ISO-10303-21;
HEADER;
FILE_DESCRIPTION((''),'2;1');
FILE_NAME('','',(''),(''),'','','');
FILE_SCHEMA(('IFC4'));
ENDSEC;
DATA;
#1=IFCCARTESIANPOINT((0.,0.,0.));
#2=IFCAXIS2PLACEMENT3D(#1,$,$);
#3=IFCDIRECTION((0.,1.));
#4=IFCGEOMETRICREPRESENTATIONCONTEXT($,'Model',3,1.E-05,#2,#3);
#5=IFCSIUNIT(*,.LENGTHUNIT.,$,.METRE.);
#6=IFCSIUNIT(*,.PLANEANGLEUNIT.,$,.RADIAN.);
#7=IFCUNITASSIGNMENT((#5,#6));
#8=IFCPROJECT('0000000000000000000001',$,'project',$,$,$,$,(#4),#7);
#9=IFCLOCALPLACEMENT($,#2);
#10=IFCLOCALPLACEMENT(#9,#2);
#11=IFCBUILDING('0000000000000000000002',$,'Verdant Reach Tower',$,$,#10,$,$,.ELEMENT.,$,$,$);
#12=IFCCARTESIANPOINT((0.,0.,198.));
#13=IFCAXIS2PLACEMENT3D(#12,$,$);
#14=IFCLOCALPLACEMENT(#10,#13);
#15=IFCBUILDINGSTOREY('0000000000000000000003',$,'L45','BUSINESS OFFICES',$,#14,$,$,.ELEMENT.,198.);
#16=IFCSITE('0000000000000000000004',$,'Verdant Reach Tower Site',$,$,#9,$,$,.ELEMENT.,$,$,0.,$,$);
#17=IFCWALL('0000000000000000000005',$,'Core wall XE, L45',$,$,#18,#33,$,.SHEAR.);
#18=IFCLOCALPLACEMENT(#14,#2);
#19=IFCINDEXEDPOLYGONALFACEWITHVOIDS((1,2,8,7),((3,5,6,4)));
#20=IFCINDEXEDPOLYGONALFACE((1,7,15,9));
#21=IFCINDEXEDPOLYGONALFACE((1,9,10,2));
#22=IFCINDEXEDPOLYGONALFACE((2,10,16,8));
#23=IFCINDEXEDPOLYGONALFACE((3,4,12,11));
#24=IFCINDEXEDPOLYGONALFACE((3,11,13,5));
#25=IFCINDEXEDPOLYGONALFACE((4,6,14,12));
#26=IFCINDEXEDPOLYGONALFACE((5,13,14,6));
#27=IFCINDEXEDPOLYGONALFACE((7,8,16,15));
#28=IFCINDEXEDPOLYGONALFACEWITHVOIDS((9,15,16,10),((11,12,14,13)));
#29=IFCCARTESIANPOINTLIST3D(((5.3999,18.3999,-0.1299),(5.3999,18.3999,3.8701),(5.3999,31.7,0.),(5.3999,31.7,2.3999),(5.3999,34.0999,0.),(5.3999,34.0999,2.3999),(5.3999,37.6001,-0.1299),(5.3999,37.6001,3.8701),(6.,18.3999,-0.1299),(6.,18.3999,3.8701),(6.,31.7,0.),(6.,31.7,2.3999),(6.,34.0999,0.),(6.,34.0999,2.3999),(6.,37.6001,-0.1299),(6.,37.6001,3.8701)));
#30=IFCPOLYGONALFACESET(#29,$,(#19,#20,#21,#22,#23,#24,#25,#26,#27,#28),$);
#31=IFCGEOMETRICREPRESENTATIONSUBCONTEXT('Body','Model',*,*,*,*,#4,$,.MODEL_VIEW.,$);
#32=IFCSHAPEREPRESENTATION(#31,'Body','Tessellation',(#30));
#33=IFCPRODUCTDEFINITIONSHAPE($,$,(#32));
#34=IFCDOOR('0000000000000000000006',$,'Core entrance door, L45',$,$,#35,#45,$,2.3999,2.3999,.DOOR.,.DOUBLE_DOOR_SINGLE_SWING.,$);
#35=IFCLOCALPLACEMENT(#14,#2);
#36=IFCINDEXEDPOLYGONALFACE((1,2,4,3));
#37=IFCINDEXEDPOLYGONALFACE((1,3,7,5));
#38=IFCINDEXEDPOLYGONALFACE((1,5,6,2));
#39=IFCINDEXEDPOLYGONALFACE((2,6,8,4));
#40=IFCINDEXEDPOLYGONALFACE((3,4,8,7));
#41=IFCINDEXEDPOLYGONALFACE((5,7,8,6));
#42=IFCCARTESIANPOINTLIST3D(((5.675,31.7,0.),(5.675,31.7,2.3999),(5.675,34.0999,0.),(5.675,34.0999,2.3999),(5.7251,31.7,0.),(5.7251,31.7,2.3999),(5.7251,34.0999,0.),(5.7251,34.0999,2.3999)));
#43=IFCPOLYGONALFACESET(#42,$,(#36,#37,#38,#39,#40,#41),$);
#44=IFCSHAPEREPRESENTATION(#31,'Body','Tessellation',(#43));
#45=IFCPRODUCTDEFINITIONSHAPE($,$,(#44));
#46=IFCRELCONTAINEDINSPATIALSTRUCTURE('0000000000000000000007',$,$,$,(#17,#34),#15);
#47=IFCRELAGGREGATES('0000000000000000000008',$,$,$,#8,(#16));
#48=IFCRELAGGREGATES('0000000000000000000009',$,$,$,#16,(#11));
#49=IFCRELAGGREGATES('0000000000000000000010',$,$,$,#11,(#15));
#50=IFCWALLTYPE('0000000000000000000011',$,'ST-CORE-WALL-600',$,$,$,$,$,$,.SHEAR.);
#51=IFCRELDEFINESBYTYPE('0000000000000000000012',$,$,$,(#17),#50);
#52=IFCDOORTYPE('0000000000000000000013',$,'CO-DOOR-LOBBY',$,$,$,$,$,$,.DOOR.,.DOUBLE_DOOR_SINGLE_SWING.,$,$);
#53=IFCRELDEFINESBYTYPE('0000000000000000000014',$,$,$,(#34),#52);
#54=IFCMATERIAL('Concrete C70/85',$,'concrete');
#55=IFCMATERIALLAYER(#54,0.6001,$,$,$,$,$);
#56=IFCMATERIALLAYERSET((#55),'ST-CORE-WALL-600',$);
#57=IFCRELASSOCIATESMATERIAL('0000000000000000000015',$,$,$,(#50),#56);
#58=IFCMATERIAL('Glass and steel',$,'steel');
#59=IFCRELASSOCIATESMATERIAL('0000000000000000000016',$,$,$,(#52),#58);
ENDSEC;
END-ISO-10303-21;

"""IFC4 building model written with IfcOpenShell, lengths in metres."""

from ifc_helpers import new_model, si_unit, direction, frame, frame_2d, origin, place, context, subcontext, project, spatial, rectangle, extrude, material, layer, layer_set, type_object, element, fill, save


model = new_model("IFC4")

# Units and contexts
model_context = context("Model", 3, precision=1e-05, world=origin(), true_north=direction((0.0, 1.0)))
body_context = subcontext(model_context, "Body", "Model", "MODEL_VIEW")
ifc_project = project(units=[si_unit("LENGTHUNIT", "METRE"), si_unit("PLANEANGLEUNIT", "RADIAN")], contexts=[model_context])

# Site, building, storey
site_placement = place(None, origin())
site = spatial("IfcSite", under=ifc_project, at=site_placement, Name="Verdant Reach Tower Site", CompositionType="ELEMENT", RefElevation=0.0)
building_placement = place(site_placement, origin())
building = spatial("IfcBuilding", under=site, at=building_placement, Name="Verdant Reach Tower", CompositionType="ELEMENT")
storey_placement = place(building_placement, frame((0.0, 0.0, 198.0)))
storey = spatial("IfcBuildingStorey", under=building, at=storey_placement, Name="L45", Description="BUSINESS OFFICES", CompositionType="ELEMENT", Elevation=198.0)

# Wall, opening, door
ifc_material_1 = material(Name="Concrete C70/85", Category="concrete")
ifc_layer_1 = layer(ifc_material_1, 0.6001)
ifc_layer_set_1 = layer_set([ifc_layer_1], Name="ST-CORE-WALL-600")
wall_type_1 = type_object("IfcWallType", Name="ST-CORE-WALL-600", PredefinedType="SHEAR", material=ifc_layer_set_1)
wall_1_placement = place(storey_placement, frame((5.7, 18.3999, -0.1299), z_axis=(0.0, 0.0, 1.0), x_axis=(0.0, 1.0, 0.0)))
wall_1 = element("IfcWall", 1, at=wall_1_placement, inside=storey, type_object=wall_type_1, Name="Core wall XE, L45", PredefinedType="SHEAR", context=body_context, shape_type="SweptSolid", body=[
    extrude(rectangle(XDim=19.2002, YDim=0.6001, at=frame_2d((9.6001, 0.0))), origin(), (0.0, 0.0, 1.0), 4.0),
])
opening_placement = place(wall_1_placement, frame((13.3, 0.0, 0.1299)))
opening = element("IfcOpeningElement", 2, at=opening_placement, cuts=wall_1, PredefinedType="OPENING", context=body_context, shape_type="SweptSolid", body=[
    extrude(rectangle(XDim=2.3999, YDim=2.3999, at=frame_2d((1.2, 1.2))), frame((0.0, 0.3101, 0.0), z_axis=(0.0, -1.0, 0.0), x_axis=(1.0, 0.0, 0.0)), (0.0, 0.0, 1.0), 0.6201),
])
ifc_material_2 = material(Name="Glass and steel", Category="steel")
door_type = type_object("IfcDoorType", Name="CO-DOOR-LOBBY", OperationType="DOUBLE_DOOR_SINGLE_SWING", PredefinedType="DOOR", material=ifc_material_2)
door_placement = place(opening_placement, origin())
door = element("IfcDoor", 3, at=door_placement, inside=storey, type_object=door_type, Name="Core entrance door, L45", OperationType="DOUBLE_DOOR_SINGLE_SWING", OverallHeight=2.3999, OverallWidth=2.3999, PredefinedType="DOOR", context=body_context, shape_type="SweptSolid", body=[
    extrude(rectangle(XDim=2.3999, YDim=2.3999, at=frame_2d((1.2, 1.2))), frame((0.0, 0.0249, 0.0), z_axis=(0.0, -1.0, 0.0), x_axis=(1.0, 0.0, 0.0)), (0.0, 0.0, 1.0), 0.05),
])
fill(opening, door)

save(model, "model.ifc")
